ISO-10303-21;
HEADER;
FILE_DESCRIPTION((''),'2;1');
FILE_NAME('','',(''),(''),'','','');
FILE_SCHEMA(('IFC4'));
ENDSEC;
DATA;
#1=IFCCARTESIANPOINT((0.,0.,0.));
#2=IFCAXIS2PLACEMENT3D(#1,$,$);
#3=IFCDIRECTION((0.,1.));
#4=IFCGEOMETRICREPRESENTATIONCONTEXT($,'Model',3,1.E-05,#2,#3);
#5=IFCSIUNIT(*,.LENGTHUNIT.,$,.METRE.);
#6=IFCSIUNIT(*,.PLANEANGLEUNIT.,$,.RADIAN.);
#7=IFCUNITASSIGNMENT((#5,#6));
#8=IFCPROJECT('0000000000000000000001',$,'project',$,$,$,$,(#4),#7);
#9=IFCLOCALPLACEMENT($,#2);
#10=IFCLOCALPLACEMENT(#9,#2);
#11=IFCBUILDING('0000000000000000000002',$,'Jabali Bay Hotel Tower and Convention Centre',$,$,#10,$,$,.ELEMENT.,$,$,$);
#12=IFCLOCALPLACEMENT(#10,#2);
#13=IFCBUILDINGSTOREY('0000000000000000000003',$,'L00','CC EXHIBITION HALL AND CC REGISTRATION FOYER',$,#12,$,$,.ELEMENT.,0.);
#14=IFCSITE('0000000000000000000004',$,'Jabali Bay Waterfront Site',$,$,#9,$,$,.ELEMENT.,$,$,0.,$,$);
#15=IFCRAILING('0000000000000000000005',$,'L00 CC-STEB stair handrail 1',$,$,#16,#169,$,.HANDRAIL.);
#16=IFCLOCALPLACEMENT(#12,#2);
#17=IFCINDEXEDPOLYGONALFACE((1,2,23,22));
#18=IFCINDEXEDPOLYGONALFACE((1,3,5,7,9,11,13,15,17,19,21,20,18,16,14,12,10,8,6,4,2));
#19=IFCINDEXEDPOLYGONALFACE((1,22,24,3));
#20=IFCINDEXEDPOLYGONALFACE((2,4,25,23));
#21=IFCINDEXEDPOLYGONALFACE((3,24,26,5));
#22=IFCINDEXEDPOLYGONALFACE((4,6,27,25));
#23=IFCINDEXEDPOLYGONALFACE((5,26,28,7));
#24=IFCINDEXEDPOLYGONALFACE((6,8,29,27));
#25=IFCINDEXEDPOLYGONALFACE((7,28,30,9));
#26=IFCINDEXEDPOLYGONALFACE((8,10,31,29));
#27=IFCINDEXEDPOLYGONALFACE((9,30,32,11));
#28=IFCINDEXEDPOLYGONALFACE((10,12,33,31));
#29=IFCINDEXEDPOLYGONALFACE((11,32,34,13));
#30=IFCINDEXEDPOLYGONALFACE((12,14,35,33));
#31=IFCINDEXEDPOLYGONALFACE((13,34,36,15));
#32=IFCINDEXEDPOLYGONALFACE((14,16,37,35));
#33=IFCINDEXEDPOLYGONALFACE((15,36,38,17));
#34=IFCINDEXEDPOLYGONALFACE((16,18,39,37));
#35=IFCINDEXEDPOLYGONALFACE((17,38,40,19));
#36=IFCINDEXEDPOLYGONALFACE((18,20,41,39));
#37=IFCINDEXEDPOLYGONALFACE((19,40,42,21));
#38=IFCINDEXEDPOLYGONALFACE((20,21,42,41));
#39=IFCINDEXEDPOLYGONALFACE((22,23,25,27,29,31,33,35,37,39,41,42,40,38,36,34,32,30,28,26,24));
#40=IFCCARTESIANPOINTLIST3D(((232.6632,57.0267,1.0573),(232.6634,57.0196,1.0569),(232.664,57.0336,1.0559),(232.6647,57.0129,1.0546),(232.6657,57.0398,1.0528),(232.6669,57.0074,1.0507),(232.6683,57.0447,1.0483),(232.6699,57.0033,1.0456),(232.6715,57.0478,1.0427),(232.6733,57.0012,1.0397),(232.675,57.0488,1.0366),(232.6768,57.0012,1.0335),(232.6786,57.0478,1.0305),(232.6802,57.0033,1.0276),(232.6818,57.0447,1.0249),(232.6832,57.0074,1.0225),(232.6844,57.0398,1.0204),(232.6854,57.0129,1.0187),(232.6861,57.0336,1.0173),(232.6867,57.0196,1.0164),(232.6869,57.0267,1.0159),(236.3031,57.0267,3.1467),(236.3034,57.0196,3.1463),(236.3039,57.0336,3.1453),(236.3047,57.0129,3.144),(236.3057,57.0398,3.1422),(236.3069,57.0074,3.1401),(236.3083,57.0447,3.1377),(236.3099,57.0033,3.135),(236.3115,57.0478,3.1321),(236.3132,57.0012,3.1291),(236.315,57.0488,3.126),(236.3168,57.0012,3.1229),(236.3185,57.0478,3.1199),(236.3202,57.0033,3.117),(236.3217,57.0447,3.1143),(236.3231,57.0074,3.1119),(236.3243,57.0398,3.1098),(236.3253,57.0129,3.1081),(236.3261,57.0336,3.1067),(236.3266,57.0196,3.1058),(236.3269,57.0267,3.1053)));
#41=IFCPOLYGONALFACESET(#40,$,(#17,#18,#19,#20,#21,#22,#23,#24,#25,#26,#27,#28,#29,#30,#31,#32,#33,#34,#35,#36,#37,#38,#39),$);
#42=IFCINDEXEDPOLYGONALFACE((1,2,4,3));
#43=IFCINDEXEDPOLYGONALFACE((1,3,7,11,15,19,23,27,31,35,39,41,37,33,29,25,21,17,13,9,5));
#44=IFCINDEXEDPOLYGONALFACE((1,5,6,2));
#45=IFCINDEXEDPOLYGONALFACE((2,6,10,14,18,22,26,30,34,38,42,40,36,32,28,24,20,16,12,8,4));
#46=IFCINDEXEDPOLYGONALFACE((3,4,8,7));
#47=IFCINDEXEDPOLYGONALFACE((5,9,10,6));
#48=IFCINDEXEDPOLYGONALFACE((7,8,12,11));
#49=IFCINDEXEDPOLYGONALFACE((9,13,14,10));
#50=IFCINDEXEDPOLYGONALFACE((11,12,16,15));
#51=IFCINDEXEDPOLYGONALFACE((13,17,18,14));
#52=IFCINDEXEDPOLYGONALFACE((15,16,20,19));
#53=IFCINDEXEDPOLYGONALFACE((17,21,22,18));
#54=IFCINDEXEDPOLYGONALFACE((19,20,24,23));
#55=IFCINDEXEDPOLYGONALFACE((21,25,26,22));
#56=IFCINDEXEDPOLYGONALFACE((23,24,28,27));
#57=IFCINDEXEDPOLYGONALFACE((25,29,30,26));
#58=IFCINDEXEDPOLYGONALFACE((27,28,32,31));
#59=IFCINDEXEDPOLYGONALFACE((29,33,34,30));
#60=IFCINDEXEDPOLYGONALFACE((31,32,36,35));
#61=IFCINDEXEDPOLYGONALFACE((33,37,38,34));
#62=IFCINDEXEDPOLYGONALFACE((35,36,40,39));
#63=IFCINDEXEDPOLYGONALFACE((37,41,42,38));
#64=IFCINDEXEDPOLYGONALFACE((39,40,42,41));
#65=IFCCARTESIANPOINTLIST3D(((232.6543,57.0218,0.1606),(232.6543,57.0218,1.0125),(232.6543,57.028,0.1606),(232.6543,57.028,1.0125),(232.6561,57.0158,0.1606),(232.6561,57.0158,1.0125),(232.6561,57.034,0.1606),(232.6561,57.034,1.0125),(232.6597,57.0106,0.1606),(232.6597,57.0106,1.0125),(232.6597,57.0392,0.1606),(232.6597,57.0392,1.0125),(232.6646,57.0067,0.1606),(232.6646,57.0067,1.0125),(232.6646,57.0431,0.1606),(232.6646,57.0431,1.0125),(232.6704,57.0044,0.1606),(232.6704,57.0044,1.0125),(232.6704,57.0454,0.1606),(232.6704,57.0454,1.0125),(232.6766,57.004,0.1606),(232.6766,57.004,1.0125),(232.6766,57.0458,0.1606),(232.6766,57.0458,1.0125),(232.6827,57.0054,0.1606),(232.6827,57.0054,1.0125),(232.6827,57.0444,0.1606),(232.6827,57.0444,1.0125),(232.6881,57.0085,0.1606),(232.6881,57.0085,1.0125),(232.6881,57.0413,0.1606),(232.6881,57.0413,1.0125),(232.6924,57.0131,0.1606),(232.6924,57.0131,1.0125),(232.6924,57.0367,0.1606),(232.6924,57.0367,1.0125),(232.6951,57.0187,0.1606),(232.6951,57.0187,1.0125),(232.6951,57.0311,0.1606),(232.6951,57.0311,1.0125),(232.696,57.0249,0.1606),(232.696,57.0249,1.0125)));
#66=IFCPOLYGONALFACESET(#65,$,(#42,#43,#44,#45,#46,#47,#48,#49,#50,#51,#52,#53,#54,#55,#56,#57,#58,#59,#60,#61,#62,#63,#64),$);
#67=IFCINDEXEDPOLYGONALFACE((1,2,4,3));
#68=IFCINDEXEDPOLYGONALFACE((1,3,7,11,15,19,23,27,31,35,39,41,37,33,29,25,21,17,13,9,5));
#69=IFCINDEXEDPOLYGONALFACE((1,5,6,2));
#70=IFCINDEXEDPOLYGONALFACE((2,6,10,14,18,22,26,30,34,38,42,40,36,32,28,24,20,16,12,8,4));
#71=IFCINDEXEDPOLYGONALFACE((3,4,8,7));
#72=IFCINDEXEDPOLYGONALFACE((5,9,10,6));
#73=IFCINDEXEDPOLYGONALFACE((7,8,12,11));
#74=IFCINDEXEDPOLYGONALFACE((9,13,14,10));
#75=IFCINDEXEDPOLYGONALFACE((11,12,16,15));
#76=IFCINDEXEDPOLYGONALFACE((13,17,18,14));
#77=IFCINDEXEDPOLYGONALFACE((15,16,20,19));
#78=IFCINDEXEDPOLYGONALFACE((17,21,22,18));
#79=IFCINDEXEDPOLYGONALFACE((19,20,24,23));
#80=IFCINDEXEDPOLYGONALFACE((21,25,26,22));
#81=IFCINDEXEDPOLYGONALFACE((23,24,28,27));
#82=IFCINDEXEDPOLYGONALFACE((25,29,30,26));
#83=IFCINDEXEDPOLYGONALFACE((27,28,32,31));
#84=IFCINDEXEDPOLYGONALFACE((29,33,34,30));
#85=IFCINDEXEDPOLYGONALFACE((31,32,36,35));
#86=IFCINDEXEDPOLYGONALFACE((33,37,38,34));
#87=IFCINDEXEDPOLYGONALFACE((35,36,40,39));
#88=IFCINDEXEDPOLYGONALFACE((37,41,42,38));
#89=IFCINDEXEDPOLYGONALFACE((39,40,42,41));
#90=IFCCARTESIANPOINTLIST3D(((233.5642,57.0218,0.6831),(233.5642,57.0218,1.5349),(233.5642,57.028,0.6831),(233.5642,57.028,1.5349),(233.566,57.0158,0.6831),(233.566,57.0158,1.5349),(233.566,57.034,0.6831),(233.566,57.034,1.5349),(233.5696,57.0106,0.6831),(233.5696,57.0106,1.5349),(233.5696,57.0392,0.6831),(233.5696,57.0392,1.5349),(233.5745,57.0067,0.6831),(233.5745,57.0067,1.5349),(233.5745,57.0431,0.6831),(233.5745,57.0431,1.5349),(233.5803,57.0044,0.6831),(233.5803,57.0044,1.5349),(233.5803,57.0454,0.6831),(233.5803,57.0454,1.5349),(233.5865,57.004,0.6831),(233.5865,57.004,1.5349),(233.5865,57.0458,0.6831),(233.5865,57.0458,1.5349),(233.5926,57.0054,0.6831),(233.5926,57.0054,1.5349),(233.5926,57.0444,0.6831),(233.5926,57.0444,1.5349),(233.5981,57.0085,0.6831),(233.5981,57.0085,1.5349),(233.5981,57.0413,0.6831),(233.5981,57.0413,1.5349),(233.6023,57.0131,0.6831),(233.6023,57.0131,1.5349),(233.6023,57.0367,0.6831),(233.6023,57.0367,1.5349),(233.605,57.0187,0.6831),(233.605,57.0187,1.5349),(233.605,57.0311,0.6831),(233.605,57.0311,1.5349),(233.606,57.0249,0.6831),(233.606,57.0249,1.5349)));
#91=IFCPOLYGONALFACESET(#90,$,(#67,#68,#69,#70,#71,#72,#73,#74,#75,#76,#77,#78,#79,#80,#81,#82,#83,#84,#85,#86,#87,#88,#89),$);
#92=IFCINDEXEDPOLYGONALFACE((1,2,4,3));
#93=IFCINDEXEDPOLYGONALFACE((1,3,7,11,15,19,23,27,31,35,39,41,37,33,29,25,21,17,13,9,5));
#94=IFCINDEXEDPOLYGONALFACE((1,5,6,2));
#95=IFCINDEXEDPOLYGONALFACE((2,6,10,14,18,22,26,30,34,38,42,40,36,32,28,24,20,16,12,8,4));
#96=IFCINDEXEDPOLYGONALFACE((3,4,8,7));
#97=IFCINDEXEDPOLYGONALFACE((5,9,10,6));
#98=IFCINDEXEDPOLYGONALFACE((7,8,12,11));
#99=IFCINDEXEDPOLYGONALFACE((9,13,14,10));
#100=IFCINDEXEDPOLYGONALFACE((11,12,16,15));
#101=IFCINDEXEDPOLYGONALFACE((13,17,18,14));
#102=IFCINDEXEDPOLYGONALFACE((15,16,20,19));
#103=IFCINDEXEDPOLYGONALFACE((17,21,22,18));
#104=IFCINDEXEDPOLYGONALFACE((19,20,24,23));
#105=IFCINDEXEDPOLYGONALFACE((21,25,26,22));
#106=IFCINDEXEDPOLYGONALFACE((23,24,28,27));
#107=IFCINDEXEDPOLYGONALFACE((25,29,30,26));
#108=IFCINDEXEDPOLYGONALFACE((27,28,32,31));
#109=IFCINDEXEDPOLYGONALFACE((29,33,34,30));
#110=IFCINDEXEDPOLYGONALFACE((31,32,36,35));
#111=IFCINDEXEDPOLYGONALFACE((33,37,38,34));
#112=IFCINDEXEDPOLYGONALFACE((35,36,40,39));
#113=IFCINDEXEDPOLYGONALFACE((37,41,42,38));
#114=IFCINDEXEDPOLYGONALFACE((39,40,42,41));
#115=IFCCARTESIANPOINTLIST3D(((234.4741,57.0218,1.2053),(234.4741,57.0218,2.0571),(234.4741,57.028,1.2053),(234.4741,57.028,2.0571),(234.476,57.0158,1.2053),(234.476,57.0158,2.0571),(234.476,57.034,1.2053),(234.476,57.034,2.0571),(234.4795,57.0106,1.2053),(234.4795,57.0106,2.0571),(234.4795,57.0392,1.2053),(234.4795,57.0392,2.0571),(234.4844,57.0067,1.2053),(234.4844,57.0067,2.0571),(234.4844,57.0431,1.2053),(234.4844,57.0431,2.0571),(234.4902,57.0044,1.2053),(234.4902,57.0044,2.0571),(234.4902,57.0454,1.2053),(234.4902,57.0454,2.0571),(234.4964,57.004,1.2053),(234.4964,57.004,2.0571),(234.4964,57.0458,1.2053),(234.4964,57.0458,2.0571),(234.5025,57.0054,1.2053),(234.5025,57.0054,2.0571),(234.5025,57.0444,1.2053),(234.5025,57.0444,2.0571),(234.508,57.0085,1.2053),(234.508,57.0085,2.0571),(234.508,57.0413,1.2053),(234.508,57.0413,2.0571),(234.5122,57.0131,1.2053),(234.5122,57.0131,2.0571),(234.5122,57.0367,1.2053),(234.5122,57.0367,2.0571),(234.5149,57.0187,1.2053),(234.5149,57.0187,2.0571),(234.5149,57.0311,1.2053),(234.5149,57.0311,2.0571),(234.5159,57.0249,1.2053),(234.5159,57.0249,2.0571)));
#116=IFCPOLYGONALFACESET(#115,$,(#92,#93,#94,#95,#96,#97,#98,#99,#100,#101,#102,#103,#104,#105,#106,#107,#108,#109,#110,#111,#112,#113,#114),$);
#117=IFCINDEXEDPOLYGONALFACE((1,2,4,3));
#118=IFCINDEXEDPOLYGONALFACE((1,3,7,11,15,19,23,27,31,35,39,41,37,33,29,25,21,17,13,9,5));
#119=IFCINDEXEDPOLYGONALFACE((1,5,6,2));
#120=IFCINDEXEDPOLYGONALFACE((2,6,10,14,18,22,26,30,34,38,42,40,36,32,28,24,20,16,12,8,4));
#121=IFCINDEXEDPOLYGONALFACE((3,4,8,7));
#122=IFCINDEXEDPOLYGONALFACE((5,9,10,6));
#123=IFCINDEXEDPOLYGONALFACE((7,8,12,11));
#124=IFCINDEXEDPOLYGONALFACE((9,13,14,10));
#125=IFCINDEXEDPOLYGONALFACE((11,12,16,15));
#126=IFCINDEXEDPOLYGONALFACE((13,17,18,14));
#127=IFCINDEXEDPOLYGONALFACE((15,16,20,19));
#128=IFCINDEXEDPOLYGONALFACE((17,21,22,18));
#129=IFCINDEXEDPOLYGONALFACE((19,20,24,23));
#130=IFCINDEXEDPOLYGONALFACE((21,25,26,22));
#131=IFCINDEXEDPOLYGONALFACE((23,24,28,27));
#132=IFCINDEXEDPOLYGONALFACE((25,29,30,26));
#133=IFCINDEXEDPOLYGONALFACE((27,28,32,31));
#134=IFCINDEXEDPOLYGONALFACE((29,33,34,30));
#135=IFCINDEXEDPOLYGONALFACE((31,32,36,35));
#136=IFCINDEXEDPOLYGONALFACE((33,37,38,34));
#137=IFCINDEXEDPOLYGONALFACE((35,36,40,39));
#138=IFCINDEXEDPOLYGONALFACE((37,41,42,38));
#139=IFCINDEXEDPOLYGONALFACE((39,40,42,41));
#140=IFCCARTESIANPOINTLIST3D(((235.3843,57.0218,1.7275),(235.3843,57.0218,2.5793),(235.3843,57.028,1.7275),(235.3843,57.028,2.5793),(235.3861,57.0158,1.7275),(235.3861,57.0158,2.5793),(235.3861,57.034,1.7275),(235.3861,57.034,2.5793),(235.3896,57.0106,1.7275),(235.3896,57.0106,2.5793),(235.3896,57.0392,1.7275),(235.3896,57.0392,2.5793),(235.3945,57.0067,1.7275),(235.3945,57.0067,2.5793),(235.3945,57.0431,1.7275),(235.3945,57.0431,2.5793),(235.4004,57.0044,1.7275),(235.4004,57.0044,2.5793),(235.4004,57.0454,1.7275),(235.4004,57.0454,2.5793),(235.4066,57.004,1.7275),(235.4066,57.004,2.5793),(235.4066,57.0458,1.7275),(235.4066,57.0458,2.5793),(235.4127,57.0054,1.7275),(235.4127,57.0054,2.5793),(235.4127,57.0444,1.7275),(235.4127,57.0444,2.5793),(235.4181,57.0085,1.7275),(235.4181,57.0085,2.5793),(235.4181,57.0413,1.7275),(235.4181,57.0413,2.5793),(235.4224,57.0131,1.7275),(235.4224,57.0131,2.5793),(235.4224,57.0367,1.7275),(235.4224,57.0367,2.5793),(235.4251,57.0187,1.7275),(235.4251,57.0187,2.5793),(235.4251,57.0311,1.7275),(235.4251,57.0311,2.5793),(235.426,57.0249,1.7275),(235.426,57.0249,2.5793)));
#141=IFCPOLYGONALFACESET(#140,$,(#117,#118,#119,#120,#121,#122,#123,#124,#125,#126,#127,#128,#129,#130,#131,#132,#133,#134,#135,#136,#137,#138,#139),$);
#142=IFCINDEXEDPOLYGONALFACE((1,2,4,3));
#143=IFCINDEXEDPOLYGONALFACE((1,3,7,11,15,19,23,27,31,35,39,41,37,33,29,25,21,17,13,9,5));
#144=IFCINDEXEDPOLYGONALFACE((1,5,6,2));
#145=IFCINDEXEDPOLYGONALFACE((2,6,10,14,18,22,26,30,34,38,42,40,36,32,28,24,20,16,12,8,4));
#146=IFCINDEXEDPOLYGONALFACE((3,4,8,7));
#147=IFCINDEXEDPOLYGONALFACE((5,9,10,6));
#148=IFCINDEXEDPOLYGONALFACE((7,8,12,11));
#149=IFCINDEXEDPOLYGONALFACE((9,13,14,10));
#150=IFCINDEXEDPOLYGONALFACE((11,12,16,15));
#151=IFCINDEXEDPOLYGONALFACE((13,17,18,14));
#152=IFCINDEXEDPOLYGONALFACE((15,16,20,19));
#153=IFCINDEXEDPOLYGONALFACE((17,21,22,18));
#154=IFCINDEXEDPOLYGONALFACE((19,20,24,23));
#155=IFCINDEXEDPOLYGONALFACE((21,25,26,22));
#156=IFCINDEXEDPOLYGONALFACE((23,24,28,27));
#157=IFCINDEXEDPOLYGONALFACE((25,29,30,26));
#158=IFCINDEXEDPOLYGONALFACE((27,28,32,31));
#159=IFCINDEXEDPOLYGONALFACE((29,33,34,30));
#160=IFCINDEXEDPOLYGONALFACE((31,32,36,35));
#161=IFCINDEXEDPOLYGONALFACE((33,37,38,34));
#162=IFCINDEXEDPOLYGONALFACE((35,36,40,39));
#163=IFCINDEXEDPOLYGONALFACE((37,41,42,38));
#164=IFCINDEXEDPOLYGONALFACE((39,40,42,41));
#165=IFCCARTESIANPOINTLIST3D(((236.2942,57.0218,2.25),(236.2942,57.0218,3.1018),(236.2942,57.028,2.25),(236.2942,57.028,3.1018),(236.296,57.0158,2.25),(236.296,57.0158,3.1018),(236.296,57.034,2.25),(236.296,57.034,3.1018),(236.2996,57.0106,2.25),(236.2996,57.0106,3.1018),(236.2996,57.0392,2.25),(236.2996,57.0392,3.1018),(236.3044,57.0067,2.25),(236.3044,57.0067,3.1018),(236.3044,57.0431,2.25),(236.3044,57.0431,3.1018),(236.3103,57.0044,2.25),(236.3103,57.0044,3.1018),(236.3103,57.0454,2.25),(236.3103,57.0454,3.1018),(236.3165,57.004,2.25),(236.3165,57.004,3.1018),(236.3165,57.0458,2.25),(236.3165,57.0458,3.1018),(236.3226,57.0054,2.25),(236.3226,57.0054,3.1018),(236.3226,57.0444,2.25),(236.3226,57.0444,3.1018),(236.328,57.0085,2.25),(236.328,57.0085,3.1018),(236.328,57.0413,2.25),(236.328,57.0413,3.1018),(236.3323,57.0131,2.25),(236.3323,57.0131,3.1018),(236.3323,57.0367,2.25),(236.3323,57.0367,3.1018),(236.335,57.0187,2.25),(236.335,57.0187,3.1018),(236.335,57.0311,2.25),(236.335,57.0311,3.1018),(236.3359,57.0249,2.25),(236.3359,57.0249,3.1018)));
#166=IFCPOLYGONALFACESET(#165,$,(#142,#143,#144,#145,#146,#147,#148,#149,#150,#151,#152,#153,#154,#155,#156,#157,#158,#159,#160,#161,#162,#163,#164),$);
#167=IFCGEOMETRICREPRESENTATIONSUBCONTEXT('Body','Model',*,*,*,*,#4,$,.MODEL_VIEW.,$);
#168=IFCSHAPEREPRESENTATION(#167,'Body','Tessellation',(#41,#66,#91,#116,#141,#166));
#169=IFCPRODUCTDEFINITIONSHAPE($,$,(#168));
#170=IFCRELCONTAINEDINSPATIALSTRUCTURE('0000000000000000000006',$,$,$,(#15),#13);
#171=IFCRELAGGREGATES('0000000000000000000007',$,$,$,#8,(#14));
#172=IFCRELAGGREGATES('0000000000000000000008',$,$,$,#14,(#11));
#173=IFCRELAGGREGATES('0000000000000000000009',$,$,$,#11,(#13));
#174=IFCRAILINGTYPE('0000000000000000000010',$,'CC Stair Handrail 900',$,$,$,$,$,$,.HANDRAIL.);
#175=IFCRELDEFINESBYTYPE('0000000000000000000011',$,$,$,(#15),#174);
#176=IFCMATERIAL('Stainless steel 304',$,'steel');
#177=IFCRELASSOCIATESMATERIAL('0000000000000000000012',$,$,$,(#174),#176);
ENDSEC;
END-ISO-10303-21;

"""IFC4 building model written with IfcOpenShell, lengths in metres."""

from ifc_helpers import new_model, si_unit, direction, frame, origin, origin_2d, place, context, subcontext, project, spatial, circle, extrude, material, type_object, element, save


model = new_model("IFC4")

# Units and contexts
model_context = context("Model", 3, precision=1e-05, world=origin(), true_north=direction((0.0, 1.0)))
body_context = subcontext(model_context, "Body", "Model", "MODEL_VIEW")
ifc_project = project(units=[si_unit("LENGTHUNIT", "METRE"), si_unit("PLANEANGLEUNIT", "RADIAN")], contexts=[model_context])

# Site, building, storey
site_placement = place(None, origin())
site = spatial("IfcSite", under=ifc_project, at=site_placement, Name="Jabali Bay Waterfront Site", CompositionType="ELEMENT", RefElevation=0.0)
building_placement = place(site_placement, origin())
building = spatial("IfcBuilding", under=site, at=building_placement, Name="Jabali Bay Hotel Tower and Convention Centre", CompositionType="ELEMENT")
storey_placement = place(building_placement, origin())
storey = spatial("IfcBuildingStorey", under=building, at=storey_placement, Name="L00", Description="CC EXHIBITION HALL AND CC REGISTRATION FOYER", CompositionType="ELEMENT", Elevation=0.0)

# Railing
ifc_material_1 = material(Name="Stainless steel 304", Category="steel")
railing_type_1 = type_object("IfcRailingType", Name="CC Stair Handrail 900", PredefinedType="HANDRAIL", material=ifc_material_1)
railing_1_placement = place(storey_placement, frame((232.675, 57.0249, 0.1606)))
element("IfcRailing", 1, at=railing_1_placement, inside=storey, type_object=railing_type_1, Name="L00 CC-STEB stair handrail 1", PredefinedType="HANDRAIL", context=body_context, shape_type="SweptSolid", body=[
    extrude(circle(Radius=0.0239, at=origin_2d()), frame((0.0, 0.0, 0.876), z_axis=(0.867275, 0.0, 0.497829), x_axis=(0.0, 1.0, 0.0)), (0.0, 0.0, 1.0), 4.197),
    extrude(circle(Radius=0.021, at=origin_2d()), origin(), (0.0, 0.0, 1.0), 0.8518),
    extrude(circle(Radius=0.021, at=origin_2d()), frame((0.9099, 0.0, 0.5225)), (0.0, 0.0, 1.0), 0.8518),
    extrude(circle(Radius=0.021, at=origin_2d()), frame((1.8198, 0.0, 1.0447)), (0.0, 0.0, 1.0), 0.8518),
    extrude(circle(Radius=0.021, at=origin_2d()), frame((2.73, 0.0, 1.5669)), (0.0, 0.0, 1.0), 0.8518),
    extrude(circle(Radius=0.021, at=origin_2d()), frame((3.6399, 0.0, 2.0894)), (0.0, 0.0, 1.0), 0.8518),
])

save(model, "model.ifc")
